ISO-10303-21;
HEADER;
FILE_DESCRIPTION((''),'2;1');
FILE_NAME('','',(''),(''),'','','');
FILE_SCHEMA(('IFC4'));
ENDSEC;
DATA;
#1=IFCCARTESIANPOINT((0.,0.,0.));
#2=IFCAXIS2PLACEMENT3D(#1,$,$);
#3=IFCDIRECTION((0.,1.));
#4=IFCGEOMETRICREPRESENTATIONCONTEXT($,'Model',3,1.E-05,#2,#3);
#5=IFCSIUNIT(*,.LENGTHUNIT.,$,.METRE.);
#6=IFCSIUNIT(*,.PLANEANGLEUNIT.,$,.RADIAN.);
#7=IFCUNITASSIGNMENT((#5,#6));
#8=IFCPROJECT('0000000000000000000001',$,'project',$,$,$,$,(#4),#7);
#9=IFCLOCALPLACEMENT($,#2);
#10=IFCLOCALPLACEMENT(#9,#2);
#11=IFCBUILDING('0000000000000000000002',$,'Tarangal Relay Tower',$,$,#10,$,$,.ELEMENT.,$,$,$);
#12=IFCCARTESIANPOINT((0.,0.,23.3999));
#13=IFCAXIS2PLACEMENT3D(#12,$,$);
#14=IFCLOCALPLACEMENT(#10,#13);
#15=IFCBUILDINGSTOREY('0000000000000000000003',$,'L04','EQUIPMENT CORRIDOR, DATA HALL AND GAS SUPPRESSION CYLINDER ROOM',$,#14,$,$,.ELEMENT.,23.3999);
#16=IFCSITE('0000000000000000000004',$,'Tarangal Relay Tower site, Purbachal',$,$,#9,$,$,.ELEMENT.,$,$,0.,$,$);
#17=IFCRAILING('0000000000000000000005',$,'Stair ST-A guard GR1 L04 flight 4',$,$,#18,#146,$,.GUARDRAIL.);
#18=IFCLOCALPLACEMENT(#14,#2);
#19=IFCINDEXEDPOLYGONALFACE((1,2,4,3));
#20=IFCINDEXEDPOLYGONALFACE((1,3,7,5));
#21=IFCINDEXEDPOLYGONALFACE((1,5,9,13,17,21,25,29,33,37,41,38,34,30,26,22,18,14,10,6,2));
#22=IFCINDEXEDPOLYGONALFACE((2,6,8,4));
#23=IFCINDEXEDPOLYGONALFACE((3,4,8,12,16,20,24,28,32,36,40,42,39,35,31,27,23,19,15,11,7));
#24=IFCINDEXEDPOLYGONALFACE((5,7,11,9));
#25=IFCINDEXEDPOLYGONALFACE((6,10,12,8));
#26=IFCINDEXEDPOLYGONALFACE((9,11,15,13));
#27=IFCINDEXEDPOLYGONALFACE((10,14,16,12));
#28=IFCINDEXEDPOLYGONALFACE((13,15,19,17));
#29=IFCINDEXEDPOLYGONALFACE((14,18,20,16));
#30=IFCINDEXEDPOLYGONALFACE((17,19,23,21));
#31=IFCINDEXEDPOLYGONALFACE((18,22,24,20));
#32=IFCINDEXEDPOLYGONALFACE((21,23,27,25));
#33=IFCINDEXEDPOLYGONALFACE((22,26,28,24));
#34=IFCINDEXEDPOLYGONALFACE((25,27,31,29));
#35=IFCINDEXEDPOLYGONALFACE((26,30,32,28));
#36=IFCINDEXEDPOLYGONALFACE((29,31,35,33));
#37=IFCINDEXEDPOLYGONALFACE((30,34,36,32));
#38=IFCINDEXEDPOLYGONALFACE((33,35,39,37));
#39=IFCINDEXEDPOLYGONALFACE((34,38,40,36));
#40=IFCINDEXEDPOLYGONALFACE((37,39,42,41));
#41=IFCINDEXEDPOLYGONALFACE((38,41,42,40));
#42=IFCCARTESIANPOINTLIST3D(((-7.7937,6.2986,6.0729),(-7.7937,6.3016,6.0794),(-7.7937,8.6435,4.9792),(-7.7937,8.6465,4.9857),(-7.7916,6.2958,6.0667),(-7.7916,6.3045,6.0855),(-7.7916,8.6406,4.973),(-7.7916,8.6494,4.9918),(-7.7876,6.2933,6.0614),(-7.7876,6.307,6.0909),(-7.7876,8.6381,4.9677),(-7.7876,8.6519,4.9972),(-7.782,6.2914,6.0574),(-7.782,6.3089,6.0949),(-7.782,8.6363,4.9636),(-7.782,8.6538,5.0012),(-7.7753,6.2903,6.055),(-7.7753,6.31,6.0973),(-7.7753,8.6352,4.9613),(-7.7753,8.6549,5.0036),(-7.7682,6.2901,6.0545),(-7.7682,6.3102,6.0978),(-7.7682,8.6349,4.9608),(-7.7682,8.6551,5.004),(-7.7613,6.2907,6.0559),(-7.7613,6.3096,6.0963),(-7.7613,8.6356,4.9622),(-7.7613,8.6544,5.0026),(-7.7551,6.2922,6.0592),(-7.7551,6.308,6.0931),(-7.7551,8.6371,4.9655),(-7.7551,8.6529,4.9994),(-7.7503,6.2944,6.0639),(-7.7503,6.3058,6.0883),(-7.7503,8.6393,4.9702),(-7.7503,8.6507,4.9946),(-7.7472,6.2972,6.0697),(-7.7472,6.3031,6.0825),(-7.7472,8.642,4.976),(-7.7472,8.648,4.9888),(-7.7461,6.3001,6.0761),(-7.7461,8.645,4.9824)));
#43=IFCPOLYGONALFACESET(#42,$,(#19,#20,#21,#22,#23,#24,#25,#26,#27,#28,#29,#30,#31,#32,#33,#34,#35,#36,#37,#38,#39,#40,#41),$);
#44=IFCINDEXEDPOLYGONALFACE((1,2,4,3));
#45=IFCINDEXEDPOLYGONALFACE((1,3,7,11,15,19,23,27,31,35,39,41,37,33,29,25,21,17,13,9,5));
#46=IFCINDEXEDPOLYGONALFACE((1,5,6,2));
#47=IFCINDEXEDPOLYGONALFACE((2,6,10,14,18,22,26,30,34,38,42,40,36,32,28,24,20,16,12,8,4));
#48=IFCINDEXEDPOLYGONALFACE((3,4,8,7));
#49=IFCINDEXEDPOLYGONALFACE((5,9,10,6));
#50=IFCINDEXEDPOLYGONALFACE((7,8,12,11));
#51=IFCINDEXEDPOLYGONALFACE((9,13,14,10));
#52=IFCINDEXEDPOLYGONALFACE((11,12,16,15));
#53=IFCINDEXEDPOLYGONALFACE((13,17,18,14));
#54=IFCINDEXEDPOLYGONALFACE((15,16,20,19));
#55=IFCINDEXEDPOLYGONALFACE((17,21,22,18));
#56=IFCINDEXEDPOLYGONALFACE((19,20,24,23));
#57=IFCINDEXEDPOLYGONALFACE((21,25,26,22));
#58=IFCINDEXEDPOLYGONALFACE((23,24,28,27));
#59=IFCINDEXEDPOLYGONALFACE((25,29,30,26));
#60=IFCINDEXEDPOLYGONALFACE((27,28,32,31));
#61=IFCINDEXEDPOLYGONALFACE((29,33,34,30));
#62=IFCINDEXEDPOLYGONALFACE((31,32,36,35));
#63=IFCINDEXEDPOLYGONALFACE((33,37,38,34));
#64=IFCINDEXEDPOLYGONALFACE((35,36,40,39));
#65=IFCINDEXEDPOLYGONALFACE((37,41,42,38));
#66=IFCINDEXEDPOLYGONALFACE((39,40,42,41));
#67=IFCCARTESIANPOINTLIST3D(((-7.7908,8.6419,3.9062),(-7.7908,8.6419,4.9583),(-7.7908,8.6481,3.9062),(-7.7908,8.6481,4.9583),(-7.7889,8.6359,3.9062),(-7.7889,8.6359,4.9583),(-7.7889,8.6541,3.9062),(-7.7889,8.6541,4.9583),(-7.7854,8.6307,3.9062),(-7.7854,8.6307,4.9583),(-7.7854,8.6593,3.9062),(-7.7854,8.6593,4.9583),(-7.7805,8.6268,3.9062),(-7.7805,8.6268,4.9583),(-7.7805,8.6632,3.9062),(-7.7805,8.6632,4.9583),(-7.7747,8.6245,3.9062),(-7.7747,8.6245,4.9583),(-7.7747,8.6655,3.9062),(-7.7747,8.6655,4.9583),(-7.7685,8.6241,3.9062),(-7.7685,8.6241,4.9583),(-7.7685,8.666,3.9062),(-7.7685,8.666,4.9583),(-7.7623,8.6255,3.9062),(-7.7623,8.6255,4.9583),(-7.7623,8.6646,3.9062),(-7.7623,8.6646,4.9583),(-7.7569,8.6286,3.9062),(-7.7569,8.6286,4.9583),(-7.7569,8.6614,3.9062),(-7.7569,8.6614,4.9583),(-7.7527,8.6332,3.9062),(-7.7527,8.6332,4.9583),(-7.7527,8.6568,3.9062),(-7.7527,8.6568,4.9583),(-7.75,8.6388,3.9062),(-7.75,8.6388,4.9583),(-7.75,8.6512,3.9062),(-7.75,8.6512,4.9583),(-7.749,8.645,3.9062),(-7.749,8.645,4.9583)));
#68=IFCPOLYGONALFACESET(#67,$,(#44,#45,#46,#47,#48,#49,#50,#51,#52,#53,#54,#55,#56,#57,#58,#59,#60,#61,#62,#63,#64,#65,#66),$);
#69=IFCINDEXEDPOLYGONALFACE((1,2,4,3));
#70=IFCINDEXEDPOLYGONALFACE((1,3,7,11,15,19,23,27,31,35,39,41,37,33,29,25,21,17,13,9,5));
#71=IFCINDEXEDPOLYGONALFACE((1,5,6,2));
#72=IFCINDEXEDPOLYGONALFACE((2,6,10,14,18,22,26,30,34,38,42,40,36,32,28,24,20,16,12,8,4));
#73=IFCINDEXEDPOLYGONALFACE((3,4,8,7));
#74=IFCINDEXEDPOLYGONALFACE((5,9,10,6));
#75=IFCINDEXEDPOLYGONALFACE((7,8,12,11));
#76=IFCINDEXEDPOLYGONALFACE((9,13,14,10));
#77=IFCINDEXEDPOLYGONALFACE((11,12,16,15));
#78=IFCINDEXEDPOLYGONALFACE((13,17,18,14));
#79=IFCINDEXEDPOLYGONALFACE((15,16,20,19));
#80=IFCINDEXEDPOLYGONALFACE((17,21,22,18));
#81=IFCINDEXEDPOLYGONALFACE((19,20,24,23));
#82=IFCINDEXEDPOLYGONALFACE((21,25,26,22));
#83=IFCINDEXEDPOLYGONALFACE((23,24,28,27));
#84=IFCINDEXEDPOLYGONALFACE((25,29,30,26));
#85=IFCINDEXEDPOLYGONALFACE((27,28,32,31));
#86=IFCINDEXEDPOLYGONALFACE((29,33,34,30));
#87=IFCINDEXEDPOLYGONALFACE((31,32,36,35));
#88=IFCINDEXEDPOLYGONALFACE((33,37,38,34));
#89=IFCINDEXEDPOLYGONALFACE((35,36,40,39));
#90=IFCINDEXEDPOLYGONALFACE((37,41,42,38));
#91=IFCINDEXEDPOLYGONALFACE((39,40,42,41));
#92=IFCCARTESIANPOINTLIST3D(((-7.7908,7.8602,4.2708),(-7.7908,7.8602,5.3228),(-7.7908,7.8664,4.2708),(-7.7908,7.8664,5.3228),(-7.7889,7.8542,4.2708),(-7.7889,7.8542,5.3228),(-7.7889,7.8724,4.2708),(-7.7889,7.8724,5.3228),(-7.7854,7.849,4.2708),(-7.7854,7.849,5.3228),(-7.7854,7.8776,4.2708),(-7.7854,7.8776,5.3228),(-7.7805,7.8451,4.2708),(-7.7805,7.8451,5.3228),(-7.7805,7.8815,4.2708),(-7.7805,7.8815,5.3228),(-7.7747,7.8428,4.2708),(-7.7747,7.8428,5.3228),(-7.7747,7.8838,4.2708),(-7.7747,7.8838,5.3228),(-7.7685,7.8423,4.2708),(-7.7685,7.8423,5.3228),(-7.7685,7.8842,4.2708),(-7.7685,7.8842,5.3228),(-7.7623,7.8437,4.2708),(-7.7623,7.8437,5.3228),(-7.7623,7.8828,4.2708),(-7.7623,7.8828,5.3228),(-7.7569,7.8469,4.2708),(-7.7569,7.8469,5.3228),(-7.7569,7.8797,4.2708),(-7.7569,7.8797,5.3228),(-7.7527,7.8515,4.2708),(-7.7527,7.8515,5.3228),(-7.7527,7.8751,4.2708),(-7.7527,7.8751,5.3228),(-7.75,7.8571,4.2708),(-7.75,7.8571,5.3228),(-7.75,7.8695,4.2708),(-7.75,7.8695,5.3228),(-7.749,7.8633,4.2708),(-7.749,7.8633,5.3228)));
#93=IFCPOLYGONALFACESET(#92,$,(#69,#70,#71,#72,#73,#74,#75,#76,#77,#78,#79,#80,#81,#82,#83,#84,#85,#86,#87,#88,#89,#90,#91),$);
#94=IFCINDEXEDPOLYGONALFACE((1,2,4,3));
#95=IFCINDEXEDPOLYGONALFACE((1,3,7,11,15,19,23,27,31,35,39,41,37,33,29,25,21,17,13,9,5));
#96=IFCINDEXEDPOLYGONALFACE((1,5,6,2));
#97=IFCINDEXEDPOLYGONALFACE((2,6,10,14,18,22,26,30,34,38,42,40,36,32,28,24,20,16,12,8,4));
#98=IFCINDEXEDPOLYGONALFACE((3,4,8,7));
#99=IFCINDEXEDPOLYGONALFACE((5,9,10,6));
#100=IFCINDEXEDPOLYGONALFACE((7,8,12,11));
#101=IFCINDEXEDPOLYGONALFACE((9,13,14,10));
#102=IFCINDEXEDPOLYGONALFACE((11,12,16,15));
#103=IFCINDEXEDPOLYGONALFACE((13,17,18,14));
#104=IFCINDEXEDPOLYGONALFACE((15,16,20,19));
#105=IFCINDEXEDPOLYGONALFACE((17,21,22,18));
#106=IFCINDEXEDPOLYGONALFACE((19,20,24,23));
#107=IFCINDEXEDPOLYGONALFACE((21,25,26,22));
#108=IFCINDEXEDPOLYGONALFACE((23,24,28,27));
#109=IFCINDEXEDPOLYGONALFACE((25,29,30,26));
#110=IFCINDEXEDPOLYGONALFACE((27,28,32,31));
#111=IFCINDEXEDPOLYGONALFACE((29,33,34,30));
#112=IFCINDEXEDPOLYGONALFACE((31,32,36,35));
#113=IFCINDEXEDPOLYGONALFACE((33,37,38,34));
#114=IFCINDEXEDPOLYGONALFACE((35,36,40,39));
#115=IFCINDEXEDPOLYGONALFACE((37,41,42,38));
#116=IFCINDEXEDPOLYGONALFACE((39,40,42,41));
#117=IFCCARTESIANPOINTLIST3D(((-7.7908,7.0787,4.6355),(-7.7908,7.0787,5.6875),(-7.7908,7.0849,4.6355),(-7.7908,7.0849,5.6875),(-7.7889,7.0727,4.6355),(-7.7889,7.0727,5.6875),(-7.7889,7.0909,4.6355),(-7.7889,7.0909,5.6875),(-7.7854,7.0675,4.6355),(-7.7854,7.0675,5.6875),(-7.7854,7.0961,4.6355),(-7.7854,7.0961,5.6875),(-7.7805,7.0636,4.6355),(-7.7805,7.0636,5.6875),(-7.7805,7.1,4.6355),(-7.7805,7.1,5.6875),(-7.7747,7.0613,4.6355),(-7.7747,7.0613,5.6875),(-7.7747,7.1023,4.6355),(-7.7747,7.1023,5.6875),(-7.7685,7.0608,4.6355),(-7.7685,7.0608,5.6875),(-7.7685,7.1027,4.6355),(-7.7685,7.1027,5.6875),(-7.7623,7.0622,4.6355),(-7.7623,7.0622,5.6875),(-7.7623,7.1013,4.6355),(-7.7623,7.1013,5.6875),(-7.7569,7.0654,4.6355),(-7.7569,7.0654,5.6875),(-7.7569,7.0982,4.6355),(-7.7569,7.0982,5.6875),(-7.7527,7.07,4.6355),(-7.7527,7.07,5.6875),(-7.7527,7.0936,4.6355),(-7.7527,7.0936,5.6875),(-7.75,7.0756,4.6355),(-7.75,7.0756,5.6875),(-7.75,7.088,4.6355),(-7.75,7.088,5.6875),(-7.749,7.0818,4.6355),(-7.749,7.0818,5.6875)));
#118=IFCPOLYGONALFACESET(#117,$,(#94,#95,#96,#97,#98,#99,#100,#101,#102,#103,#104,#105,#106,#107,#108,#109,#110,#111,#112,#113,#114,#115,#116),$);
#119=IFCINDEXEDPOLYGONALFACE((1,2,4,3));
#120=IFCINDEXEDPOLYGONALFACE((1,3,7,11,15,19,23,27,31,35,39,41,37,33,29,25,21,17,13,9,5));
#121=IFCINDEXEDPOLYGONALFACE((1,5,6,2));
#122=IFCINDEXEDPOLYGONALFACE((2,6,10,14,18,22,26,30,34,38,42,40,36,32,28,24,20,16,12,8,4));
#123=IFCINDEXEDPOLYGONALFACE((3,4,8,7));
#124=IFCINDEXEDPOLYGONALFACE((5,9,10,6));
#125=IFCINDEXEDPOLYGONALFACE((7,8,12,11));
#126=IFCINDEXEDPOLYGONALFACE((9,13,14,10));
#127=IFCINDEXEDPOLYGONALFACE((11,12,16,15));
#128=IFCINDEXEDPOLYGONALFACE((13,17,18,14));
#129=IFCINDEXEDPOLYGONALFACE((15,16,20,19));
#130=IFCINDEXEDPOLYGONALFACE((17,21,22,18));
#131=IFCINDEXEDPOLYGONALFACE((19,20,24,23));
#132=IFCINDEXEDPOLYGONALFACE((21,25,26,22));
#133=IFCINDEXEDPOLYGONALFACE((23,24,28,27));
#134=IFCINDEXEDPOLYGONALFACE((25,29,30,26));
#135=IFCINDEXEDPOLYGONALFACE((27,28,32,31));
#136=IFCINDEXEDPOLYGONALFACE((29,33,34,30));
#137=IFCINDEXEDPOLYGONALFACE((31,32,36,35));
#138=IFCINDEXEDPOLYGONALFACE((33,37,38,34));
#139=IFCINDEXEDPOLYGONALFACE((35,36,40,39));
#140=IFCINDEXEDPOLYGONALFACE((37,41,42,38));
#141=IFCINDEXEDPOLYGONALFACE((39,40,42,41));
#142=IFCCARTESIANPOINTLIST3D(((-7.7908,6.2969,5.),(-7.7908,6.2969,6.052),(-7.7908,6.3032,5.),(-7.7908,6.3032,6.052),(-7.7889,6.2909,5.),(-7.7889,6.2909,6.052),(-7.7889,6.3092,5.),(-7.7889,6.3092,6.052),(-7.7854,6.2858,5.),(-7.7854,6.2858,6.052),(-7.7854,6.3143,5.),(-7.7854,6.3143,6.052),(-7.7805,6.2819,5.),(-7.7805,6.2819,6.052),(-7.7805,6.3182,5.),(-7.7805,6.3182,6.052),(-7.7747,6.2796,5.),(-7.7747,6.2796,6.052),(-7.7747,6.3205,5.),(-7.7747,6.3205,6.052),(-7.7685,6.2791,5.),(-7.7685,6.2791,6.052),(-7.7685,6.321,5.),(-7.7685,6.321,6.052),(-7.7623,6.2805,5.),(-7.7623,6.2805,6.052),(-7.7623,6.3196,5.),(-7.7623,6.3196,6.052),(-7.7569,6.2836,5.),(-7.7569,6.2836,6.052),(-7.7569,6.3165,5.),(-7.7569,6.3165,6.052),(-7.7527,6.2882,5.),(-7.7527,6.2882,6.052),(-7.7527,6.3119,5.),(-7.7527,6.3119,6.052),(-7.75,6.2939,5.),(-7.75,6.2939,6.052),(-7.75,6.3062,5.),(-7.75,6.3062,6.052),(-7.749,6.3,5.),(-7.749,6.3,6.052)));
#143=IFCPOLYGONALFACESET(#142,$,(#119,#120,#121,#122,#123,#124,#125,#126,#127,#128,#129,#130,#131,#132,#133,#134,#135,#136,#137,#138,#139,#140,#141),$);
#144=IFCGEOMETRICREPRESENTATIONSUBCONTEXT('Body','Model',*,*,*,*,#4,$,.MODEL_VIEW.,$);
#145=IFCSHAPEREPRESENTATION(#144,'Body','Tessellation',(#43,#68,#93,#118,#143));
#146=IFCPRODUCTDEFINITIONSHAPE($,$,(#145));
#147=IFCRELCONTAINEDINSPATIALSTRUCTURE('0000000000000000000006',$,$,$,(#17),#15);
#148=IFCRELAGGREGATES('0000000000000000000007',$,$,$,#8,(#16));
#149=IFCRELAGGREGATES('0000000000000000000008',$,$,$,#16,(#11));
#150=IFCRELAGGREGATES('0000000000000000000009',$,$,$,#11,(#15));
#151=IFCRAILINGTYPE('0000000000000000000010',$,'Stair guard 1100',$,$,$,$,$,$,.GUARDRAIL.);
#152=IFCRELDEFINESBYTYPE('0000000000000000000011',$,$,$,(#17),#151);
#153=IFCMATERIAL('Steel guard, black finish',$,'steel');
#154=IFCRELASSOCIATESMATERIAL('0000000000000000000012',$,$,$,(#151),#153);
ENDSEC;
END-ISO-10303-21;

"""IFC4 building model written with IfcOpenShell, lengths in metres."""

from ifc_helpers import new_model, si_unit, direction, frame, origin, origin_2d, place, context, subcontext, project, spatial, circle, extrude, material, type_object, element, save


model = new_model("IFC4")

# Units and contexts
model_context = context("Model", 3, precision=1e-05, world=origin(), true_north=direction((0.0, 1.0)))
body_context = subcontext(model_context, "Body", "Model", "MODEL_VIEW")
ifc_project = project(units=[si_unit("LENGTHUNIT", "METRE"), si_unit("PLANEANGLEUNIT", "RADIAN")], contexts=[model_context])

# Site, building, storey
site_placement = place(None, origin())
site = spatial("IfcSite", under=ifc_project, at=site_placement, Name="Tarangal Relay Tower site, Purbachal", CompositionType="ELEMENT", RefElevation=0.0)
building_placement = place(site_placement, origin())
building = spatial("IfcBuilding", under=site, at=building_placement, Name="Tarangal Relay Tower", CompositionType="ELEMENT")
storey_placement = place(building_placement, frame((0.0, 0.0, 23.3999)))
storey = spatial("IfcBuildingStorey", under=building, at=storey_placement, Name="L04", Description="EQUIPMENT CORRIDOR, DATA HALL AND GAS SUPPRESSION CYLINDER ROOM", CompositionType="ELEMENT", Elevation=23.3999)

# Railing
ifc_material_1 = material(Name="Steel guard, black finish", Category="steel")
railing_type_1 = type_object("IfcRailingType", Name="Stair guard 1100", PredefinedType="GUARDRAIL", material=ifc_material_1)
for number, where, name in (
    (1, (-7.77, 8.645, 3.9062), "Stair ST-A guard GR1 L04 flight 4"),
):
    element("IfcRailing", number, at=place(storey_placement, frame(where)), inside=storey, type_object=railing_type_1, Name=name, PredefinedType="GUARDRAIL", context=body_context, shape_type="SweptSolid", body=[
        extrude(circle(Radius=0.0239, at=origin_2d()), frame((0.0, 0.0, 1.0762), z_axis=(0.0, -0.906267, 0.422705), x_axis=(1.0, 0.0, 0.0)), (0.0, 0.0, 1.0), 2.5874),
        extrude(circle(Radius=0.021, at=origin_2d()), origin(), (0.0, 0.0, 1.0), 1.052),
        extrude(circle(Radius=0.021, at=origin_2d()), frame((0.0, -0.7817, 0.3645)), (0.0, 0.0, 1.0), 1.052),
        extrude(circle(Radius=0.021, at=origin_2d()), frame((0.0, -1.5632, 0.7292)), (0.0, 0.0, 1.0), 1.052),
        extrude(circle(Radius=0.021, at=origin_2d()), frame((0.0, -2.345, 1.0938)), (0.0, 0.0, 1.0), 1.052),
    ])

save(model, "model.ifc")
